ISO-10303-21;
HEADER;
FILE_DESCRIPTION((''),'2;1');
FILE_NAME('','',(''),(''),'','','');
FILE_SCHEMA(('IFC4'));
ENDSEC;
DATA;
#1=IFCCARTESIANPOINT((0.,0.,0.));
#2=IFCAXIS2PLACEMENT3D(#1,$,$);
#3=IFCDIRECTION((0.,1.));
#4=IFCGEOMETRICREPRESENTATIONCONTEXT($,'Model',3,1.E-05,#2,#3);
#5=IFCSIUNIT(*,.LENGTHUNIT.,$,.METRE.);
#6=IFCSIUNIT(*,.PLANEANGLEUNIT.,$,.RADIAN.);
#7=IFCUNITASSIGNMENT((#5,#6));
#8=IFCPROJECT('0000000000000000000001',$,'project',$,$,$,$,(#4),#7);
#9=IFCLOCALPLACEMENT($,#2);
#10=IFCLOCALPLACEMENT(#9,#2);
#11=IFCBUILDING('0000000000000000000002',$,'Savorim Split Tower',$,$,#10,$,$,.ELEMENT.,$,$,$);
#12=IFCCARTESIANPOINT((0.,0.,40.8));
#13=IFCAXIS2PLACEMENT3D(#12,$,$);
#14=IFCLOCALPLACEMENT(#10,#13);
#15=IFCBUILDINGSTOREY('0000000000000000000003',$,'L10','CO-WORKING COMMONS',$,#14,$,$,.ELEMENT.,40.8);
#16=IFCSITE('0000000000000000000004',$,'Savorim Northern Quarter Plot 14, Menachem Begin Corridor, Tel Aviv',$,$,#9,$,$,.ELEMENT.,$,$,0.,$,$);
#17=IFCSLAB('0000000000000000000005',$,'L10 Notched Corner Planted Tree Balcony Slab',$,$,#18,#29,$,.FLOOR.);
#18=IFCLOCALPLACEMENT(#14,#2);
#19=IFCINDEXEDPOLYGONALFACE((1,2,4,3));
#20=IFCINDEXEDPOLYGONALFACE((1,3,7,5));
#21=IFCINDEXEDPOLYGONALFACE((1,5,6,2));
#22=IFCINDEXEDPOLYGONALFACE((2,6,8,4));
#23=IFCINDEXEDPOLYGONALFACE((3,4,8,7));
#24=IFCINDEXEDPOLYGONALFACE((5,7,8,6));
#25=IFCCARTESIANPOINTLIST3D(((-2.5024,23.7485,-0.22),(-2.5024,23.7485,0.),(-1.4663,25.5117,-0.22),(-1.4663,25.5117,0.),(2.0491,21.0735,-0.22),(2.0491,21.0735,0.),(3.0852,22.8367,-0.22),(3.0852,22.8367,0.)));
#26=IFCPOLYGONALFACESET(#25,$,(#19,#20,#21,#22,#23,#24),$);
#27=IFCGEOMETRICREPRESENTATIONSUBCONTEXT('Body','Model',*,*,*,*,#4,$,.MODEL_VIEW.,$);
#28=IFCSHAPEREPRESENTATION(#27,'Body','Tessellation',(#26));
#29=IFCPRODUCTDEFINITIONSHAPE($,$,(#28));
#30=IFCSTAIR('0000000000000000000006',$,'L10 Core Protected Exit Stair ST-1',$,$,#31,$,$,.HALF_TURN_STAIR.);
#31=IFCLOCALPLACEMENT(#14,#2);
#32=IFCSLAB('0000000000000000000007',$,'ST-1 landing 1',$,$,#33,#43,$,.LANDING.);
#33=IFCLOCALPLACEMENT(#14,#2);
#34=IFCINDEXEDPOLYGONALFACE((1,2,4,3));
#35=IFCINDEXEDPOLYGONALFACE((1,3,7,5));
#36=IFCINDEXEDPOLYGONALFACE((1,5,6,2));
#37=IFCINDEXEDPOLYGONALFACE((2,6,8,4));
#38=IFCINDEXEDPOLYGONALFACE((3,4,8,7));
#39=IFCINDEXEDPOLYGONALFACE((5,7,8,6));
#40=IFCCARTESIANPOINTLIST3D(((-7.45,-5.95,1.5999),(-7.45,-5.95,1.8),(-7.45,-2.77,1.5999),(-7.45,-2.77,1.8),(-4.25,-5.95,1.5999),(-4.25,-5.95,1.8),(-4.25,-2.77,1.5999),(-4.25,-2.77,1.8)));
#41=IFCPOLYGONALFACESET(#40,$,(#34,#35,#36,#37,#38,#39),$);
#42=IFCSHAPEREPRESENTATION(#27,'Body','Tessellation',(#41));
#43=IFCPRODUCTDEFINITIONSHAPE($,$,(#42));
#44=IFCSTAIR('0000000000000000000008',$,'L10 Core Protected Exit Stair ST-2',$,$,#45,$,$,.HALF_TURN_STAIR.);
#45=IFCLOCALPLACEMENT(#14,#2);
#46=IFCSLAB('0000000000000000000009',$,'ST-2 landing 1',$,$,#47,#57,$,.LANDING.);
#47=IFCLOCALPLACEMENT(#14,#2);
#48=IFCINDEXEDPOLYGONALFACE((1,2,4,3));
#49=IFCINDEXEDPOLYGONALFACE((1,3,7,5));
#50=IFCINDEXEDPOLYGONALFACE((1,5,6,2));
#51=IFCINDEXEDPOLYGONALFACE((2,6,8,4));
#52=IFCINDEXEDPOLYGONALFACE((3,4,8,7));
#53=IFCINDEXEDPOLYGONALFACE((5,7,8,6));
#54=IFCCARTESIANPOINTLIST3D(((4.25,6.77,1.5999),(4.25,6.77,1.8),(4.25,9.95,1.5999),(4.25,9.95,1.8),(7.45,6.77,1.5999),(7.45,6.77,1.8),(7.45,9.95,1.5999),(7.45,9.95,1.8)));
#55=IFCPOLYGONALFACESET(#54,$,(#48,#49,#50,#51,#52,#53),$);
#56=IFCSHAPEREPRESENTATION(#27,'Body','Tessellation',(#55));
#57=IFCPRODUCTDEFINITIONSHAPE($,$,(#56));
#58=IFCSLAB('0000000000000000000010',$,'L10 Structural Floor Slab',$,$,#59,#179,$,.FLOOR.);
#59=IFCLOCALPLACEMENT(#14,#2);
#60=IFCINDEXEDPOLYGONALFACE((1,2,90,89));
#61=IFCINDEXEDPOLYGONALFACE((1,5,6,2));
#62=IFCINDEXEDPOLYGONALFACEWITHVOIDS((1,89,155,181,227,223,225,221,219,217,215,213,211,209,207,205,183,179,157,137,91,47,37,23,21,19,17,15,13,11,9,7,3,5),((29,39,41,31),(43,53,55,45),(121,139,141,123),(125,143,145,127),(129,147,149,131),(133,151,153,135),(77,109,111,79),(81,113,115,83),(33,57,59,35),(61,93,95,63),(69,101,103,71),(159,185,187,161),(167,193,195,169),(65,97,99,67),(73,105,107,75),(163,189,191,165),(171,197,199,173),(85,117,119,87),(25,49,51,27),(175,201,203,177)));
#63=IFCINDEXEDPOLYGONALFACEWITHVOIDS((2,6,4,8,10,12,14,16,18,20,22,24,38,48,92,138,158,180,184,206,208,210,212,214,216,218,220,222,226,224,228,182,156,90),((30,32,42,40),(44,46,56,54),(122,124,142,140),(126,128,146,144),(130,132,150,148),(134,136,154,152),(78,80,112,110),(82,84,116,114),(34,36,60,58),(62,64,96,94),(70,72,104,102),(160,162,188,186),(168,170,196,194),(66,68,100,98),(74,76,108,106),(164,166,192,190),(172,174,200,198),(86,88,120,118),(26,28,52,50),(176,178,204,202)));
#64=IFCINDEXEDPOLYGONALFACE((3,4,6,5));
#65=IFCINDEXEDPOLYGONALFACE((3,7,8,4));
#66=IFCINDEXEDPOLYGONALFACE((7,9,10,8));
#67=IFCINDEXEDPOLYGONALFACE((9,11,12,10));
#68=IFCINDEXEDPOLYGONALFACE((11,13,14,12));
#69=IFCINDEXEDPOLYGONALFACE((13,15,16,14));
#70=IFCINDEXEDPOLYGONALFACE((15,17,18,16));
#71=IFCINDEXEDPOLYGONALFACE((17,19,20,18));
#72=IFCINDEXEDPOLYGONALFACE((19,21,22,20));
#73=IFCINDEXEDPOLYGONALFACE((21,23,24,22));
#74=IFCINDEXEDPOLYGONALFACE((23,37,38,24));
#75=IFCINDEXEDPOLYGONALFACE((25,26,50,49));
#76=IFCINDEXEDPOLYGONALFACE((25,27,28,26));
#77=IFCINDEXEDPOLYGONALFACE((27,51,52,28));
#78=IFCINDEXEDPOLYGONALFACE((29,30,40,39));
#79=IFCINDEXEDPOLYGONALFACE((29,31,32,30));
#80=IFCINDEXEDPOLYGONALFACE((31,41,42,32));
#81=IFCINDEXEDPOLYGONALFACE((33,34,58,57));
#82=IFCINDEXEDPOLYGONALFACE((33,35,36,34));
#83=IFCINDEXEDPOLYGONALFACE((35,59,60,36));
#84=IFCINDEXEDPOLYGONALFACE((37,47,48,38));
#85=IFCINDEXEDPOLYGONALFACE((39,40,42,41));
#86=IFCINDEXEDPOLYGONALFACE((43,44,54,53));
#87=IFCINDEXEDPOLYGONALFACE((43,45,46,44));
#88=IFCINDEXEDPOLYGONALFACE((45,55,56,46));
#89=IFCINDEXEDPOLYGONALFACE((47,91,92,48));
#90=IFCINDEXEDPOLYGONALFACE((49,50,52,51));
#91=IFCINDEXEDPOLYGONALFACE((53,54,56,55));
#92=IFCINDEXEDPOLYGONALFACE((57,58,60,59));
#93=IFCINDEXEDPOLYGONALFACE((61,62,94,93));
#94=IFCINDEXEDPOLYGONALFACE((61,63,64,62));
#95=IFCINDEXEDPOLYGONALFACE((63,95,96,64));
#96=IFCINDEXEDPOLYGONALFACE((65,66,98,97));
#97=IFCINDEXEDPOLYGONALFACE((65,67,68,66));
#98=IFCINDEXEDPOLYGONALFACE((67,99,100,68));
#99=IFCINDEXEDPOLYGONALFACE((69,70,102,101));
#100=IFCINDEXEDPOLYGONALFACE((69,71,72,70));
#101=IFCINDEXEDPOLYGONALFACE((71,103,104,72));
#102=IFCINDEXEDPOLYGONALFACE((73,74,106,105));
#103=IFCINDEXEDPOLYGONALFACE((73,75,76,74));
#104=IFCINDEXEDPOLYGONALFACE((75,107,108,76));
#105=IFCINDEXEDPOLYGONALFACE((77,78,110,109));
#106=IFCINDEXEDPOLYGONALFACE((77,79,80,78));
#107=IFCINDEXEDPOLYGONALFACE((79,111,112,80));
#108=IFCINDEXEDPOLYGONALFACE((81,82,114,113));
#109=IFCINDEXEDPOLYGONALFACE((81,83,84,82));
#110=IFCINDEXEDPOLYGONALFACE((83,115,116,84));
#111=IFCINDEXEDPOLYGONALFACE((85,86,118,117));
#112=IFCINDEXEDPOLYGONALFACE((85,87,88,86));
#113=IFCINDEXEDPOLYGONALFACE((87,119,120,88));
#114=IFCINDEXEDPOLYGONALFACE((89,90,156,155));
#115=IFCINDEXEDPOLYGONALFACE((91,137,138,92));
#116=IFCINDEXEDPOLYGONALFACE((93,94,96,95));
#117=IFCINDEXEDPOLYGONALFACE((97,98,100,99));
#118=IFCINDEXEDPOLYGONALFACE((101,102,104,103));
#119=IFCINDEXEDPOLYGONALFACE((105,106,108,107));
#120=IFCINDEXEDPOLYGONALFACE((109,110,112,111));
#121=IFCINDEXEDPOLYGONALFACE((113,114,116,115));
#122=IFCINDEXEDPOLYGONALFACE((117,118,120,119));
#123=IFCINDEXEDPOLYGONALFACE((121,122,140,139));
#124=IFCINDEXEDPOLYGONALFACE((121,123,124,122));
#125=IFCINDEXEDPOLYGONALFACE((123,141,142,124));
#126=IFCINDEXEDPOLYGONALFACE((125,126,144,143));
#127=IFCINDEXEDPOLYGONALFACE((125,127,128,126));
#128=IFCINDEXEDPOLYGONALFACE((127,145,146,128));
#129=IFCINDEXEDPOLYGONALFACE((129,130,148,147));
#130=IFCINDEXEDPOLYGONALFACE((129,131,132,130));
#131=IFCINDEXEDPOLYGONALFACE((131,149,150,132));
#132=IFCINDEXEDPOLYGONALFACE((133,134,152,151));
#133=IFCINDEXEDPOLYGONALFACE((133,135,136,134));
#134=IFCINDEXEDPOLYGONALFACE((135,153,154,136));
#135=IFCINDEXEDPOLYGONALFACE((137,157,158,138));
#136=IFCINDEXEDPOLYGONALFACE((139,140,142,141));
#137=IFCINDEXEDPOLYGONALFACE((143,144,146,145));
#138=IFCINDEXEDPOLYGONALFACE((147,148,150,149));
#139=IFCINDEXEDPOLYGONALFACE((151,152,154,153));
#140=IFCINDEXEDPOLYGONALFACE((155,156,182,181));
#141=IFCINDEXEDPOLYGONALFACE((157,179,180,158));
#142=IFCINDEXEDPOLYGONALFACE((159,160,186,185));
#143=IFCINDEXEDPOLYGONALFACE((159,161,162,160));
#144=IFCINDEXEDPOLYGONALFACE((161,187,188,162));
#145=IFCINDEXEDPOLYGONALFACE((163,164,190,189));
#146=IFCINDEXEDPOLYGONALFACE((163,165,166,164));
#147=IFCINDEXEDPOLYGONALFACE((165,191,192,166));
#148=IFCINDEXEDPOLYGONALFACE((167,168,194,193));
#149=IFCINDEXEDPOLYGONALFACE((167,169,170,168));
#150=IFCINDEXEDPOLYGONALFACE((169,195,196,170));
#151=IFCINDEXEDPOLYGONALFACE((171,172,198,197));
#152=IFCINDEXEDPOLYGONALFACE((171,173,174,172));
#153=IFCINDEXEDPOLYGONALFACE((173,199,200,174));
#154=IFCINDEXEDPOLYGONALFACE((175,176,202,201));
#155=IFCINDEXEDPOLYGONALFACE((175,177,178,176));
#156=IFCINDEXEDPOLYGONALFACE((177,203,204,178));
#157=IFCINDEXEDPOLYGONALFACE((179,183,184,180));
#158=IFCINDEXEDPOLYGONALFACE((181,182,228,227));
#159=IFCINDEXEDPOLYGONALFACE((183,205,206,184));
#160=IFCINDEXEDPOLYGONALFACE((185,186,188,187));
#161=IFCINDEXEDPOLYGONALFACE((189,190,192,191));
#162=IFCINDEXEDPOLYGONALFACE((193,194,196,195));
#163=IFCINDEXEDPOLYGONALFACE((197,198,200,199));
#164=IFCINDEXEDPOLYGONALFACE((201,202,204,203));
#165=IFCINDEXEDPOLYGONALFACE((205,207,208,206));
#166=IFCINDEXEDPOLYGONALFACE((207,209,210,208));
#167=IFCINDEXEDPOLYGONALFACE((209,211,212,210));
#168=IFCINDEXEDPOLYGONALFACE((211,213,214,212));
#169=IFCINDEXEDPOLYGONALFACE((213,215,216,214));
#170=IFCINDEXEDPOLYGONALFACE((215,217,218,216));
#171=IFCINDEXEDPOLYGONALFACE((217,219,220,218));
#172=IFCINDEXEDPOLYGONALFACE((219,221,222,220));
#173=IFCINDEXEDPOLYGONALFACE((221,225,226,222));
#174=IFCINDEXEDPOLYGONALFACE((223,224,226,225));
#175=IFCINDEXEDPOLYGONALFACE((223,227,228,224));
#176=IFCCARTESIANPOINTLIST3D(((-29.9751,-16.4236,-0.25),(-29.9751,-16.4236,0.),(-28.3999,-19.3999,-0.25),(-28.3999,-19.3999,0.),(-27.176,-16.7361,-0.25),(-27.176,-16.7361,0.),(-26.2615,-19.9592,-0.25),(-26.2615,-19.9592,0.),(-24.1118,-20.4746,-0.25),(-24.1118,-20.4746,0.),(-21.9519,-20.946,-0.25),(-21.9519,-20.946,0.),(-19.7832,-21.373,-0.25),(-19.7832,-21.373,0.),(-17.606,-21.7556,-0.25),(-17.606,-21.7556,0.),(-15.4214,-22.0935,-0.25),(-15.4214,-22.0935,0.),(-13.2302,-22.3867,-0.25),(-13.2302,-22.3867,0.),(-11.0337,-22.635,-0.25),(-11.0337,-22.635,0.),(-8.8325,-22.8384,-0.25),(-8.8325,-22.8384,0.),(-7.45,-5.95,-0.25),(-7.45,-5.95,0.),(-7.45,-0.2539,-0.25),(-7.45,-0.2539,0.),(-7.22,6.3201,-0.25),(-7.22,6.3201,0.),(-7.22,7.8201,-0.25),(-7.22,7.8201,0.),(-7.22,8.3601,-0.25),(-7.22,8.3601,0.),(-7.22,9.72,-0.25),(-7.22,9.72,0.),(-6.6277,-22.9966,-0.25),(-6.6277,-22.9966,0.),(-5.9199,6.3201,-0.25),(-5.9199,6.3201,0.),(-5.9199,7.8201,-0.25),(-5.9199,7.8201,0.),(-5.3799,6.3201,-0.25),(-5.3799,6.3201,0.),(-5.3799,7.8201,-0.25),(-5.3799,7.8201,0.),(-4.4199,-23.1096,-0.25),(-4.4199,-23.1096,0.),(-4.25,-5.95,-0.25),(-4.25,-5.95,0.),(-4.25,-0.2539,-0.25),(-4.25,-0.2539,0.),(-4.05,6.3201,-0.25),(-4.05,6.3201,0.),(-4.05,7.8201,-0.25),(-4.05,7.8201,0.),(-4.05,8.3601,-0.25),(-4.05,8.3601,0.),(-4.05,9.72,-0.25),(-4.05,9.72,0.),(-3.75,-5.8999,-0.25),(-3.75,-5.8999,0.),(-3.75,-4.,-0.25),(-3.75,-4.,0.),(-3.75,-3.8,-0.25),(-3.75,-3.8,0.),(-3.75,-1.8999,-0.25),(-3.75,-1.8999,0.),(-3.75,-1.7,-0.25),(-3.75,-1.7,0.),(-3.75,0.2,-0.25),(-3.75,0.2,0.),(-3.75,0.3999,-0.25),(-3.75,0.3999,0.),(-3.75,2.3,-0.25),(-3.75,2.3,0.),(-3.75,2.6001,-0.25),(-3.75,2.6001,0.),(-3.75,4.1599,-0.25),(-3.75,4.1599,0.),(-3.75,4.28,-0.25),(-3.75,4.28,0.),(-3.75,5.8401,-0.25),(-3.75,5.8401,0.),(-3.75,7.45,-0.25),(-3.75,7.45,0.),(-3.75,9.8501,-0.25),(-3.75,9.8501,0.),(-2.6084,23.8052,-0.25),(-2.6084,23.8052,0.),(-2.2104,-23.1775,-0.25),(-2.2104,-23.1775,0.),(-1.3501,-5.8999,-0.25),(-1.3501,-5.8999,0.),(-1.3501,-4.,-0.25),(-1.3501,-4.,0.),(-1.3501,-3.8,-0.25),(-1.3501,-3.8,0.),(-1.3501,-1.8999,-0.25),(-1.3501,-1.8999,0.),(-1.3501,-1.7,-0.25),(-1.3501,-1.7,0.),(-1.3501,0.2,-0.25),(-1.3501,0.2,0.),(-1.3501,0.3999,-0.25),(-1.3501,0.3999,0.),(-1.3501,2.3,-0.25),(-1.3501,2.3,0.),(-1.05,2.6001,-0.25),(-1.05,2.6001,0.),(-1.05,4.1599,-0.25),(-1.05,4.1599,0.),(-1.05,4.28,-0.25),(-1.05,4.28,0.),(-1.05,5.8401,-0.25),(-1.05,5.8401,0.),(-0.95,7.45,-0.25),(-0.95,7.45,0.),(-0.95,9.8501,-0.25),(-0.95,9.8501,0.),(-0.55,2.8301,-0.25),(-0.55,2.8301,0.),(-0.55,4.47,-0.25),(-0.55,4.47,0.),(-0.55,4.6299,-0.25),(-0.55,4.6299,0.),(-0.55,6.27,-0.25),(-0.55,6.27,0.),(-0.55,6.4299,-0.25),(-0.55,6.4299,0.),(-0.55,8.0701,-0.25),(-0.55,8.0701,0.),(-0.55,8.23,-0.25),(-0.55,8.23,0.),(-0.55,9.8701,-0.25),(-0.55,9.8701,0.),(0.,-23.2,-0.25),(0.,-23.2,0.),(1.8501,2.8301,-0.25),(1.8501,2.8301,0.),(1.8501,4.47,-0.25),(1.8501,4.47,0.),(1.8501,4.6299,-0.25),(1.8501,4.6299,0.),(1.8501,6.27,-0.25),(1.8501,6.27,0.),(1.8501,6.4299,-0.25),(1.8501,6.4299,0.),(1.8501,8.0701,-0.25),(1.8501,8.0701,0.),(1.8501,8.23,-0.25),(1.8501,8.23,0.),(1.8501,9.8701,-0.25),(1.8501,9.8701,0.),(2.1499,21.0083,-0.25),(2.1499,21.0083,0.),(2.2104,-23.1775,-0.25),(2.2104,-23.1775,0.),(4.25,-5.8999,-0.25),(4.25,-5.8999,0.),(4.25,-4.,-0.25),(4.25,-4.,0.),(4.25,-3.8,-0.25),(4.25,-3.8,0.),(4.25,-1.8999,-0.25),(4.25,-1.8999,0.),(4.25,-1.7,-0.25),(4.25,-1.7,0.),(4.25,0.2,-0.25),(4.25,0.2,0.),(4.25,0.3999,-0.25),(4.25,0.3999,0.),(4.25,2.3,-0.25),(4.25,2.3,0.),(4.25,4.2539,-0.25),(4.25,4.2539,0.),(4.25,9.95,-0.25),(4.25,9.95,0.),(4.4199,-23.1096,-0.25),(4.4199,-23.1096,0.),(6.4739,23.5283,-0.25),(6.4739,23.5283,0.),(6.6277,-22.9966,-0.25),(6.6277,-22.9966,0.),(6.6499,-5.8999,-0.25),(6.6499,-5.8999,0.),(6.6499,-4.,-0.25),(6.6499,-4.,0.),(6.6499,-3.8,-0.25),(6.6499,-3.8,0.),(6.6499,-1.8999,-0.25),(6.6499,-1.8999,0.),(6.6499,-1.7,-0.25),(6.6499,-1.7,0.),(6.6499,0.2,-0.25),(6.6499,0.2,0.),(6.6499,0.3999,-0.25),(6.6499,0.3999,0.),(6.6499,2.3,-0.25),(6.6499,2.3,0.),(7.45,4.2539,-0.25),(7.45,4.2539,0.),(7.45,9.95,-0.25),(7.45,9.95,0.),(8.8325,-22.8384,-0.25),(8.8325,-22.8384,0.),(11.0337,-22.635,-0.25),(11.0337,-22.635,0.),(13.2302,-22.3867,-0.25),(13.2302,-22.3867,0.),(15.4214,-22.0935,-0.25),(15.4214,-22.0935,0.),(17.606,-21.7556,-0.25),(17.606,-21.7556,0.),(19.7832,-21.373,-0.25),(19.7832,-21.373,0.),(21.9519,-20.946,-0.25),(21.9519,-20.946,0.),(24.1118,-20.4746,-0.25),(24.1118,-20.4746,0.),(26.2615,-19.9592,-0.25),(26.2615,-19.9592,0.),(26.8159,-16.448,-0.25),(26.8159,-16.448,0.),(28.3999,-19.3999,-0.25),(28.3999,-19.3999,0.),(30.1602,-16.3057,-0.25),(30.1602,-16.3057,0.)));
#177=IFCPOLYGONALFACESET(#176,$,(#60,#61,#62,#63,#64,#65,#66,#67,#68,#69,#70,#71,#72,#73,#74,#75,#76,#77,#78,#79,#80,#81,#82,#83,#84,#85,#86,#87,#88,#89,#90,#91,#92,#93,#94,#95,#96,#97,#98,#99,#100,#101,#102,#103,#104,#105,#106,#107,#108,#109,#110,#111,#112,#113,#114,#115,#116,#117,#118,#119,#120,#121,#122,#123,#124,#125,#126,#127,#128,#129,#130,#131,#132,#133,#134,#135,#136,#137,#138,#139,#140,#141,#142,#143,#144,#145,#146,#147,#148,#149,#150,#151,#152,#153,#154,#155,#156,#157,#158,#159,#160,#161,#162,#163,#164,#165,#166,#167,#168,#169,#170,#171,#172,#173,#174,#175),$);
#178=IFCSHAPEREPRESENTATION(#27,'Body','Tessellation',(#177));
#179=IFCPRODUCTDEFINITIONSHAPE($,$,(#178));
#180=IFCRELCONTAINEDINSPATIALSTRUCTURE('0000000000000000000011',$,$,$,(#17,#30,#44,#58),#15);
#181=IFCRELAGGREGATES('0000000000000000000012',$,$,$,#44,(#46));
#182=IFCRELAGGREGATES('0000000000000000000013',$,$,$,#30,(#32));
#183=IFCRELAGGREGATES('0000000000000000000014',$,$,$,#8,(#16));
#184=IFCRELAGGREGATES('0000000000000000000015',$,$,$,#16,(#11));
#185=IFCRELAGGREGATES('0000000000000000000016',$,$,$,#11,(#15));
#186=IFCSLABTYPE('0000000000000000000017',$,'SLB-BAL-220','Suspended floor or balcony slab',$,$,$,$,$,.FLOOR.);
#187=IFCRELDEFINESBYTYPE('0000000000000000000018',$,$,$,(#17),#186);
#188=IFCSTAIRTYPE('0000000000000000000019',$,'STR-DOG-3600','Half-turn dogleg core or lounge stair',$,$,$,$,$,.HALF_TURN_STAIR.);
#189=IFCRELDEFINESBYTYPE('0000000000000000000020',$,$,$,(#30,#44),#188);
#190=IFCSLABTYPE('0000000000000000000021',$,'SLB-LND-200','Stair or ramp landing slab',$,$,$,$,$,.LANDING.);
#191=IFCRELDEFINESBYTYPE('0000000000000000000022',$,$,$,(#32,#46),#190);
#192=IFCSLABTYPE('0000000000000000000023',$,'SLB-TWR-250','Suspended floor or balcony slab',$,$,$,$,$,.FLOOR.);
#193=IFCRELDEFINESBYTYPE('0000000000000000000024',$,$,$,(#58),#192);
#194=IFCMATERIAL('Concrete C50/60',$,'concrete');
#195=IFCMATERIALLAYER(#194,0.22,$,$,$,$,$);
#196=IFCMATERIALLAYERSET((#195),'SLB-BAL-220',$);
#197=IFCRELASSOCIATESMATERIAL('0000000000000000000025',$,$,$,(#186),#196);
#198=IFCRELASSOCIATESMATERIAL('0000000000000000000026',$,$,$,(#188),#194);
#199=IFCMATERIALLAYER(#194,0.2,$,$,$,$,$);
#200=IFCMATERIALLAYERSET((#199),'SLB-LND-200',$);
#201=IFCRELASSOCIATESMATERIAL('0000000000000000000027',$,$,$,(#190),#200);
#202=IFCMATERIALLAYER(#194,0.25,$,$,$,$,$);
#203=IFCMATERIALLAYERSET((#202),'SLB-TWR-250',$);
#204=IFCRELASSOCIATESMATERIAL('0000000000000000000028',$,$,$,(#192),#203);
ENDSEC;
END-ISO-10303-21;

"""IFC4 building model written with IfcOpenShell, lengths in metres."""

from ifc_helpers import new_model, si_unit, direction, frame, origin, place, context, subcontext, project, spatial, polyline, outline, extrude, material, layer, layer_set, type_object, element, aggregate, save


model = new_model("IFC4")

# Units and contexts
model_context = context("Model", 3, precision=1e-05, world=origin(), true_north=direction((0.0, 1.0)))
body_context = subcontext(model_context, "Body", "Model", "MODEL_VIEW")
ifc_project = project(units=[si_unit("LENGTHUNIT", "METRE"), si_unit("PLANEANGLEUNIT", "RADIAN")], contexts=[model_context])

# Site, building, storey
site_placement = place(None, origin())
site = spatial("IfcSite", under=ifc_project, at=site_placement, Name="Savorim Northern Quarter Plot 14, Menachem Begin Corridor, Tel Aviv", CompositionType="ELEMENT", RefElevation=0.0)
building_placement = place(site_placement, origin())
building = spatial("IfcBuilding", under=site, at=building_placement, Name="Savorim Split Tower", CompositionType="ELEMENT")
storey_placement = place(building_placement, frame((0.0, 0.0, 40.8)))
storey = spatial("IfcBuildingStorey", under=building, at=storey_placement, Name="L10", Description="CO-WORKING COMMONS", CompositionType="ELEMENT", Elevation=40.8)

# Slab
ifc_material_1 = material(Name="Concrete C50/60", Category="concrete")
ifc_layer_1 = layer(ifc_material_1, 0.22)
ifc_layer_set_1 = layer_set([ifc_layer_1], Name="SLB-BAL-220")
slab_type_1 = type_object("IfcSlabType", Name="SLB-BAL-220", Description="Suspended floor or balcony slab", PredefinedType="FLOOR", material=ifc_layer_set_1)
slab_1_placement = place(storey_placement, frame((0.0, 0.0, -0.22)))
element("IfcSlab", 1, at=slab_1_placement, inside=storey, type_object=slab_type_1, Name="L10 Notched Corner Planted Tree Balcony Slab", PredefinedType="FLOOR", context=body_context, shape_type="SweptSolid", body=[
    extrude(outline(polyline([(-2.5024, 23.7485), (2.0491, 21.0735), (3.0852, 22.8367), (-1.4663, 25.5117), (-2.5024, 23.7485)])), origin(), (0.0, 0.0, 1.0), 0.22),
])

# Stairs, slabs
stair_type = type_object("IfcStairType", Name="STR-DOG-3600", Description="Half-turn dogleg core or lounge stair", PredefinedType="HALF_TURN_STAIR", material=ifc_material_1)
stair_1_placement = place(storey_placement, origin())
stair_1 = element("IfcStair", 2, at=stair_1_placement, inside=storey, type_object=stair_type, Name="L10 Core Protected Exit Stair ST-1", PredefinedType="HALF_TURN_STAIR")
ifc_layer_2 = layer(ifc_material_1, 0.2)
ifc_layer_set_2 = layer_set([ifc_layer_2], Name="SLB-LND-200")
slab_type_2 = type_object("IfcSlabType", Name="SLB-LND-200", Description="Stair or ramp landing slab", PredefinedType="LANDING", material=ifc_layer_set_2)
slab_2_placement = place(storey_placement, frame((0.0, 0.0, 1.5999)))
slab_2 = element("IfcSlab", 3, at=slab_2_placement, type_object=slab_type_2, Name="ST-1 landing 1", PredefinedType="LANDING", context=body_context, shape_type="SweptSolid", body=[
    extrude(outline(polyline([(-7.45, -2.77), (-7.45, -5.95), (-4.25, -5.95), (-4.25, -2.77), (-7.45, -2.77)])), origin(), (0.0, 0.0, 1.0), 0.2002),
])
stair_2_placement = place(storey_placement, origin())
stair_2 = element("IfcStair", 4, at=stair_2_placement, inside=storey, type_object=stair_type, Name="L10 Core Protected Exit Stair ST-2", PredefinedType="HALF_TURN_STAIR")
slab_3_placement = place(storey_placement, frame((0.0, 0.0, 1.5999)))
slab_3 = element("IfcSlab", 5, at=slab_3_placement, type_object=slab_type_2, Name="ST-2 landing 1", PredefinedType="LANDING", context=body_context, shape_type="SweptSolid", body=[
    extrude(outline(polyline([(7.45, 6.77), (7.45, 9.95), (4.25, 9.95), (4.25, 6.77), (7.45, 6.77)])), origin(), (0.0, 0.0, 1.0), 0.2002),
])
aggregate(stair_2, [slab_3])

# Slab
ifc_layer_3 = layer(ifc_material_1, 0.25)
ifc_layer_set_3 = layer_set([ifc_layer_3], Name="SLB-TWR-250")
slab_type_3 = type_object("IfcSlabType", Name="SLB-TWR-250", Description="Suspended floor or balcony slab", PredefinedType="FLOOR", material=ifc_layer_set_3)
slab_4_placement = place(storey_placement, frame((0.0, 0.0, -0.25)))
element("IfcSlab", 6, at=slab_4_placement, inside=storey, type_object=slab_type_3, Name="L10 Structural Floor Slab", PredefinedType="FLOOR", context=body_context, shape_type="SweptSolid", body=[
    extrude(outline(polyline([(-28.3999, -19.3999), (-26.2615, -19.9592), (-24.1118, -20.4746), (-21.9519, -20.946), (-19.7832, -21.373), (-17.606, -21.7556), (-15.4214, -22.0935), (-13.2302, -22.3867), (-11.0337, -22.635), (-8.8325, -22.8384), (-6.6277, -22.9966), (-4.4199, -23.1096), (-2.2104, -23.1775), (0.0, -23.2), (2.2104, -23.1775), (4.4199, -23.1096), (6.6277, -22.9966), (8.8325, -22.8384), (11.0337, -22.635), (13.2302, -22.3867), (15.4214, -22.0935), (17.606, -21.7556), (19.7832, -21.373), (21.9519, -20.946), (24.1118, -20.4746), (26.2615, -19.9592), (28.3999, -19.3999), (26.8159, -16.448), (30.1602, -16.3057), (6.4739, 23.5283), (2.1499, 21.0083), (-2.6084, 23.8052), (-29.9751, -16.4236), (-27.176, -16.7361), (-28.3999, -19.3999)]), holes=[polyline([(-7.45, -0.2539), (-7.45, -5.95), (-4.25, -5.95), (-4.25, -0.2539), (-7.45, -0.2539)]), polyline([(7.45, 4.2539), (7.45, 9.95), (4.25, 9.95), (4.25, 4.2539), (7.45, 4.2539)]), polyline([(4.25, -5.8999), (6.6499, -5.8999), (6.6499, -4.0), (4.25, -4.0), (4.25, -5.8999)]), polyline([(4.25, -3.8), (6.6499, -3.8), (6.6499, -1.8999), (4.25, -1.8999), (4.25, -3.8)]), polyline([(4.25, -1.7), (6.6499, -1.7), (6.6499, 0.2), (4.25, 0.2), (4.25, -1.7)]), polyline([(4.25, 0.3999), (6.6499, 0.3999), (6.6499, 2.3), (4.25, 2.3), (4.25, 0.3999)]), polyline([(-3.75, -5.8999), (-1.3501, -5.8999), (-1.3501, -4.0), (-3.75, -4.0), (-3.75, -5.8999)]), polyline([(-3.75, -3.8), (-1.3501, -3.8), (-1.3501, -1.8999), (-3.75, -1.8999), (-3.75, -3.8)]), polyline([(-3.75, -1.7), (-1.3501, -1.7), (-1.3501, 0.2), (-3.75, 0.2), (-3.75, -1.7)]), polyline([(-3.75, 0.3999), (-1.3501, 0.3999), (-1.3501, 2.3), (-3.75, 2.3), (-3.75, 0.3999)]), polyline([(-0.55, 2.8301), (1.8501, 2.8301), (1.8501, 4.47), (-0.55, 4.47), (-0.55, 2.8301)]), polyline([(-0.55, 4.6299), (1.8501, 4.6299), (1.8501, 6.27), (-0.55, 6.27), (-0.55, 4.6299)]), polyline([(-0.55, 6.4299), (1.8501, 6.4299), (1.8501, 8.0701), (-0.55, 8.0701), (-0.55, 6.4299)]), polyline([(-0.55, 8.23), (1.8501, 8.23), (1.8501, 9.8701), (-0.55, 9.8701), (-0.55, 8.23)]), polyline([(-3.75, 2.6001), (-1.05, 2.6001), (-1.05, 4.1599), (-3.75, 4.1599), (-3.75, 2.6001)]), polyline([(-3.75, 4.28), (-1.05, 4.28), (-1.05, 5.8401), (-3.75, 5.8401), (-3.75, 4.28)]), polyline([(-3.75, 7.45), (-0.95, 7.45), (-0.95, 9.8501), (-3.75, 9.8501), (-3.75, 7.45)]), polyline([(-7.22, 6.3201), (-5.9199, 6.3201), (-5.9199, 7.8201), (-7.22, 7.8201), (-7.22, 6.3201)]), polyline([(-5.3799, 6.3201), (-4.05, 6.3201), (-4.05, 7.8201), (-5.3799, 7.8201), (-5.3799, 6.3201)]), polyline([(-7.22, 8.3601), (-4.05, 8.3601), (-4.05, 9.72), (-7.22, 9.72), (-7.22, 8.3601)])]), origin(), (0.0, 0.0, 1.0), 0.25),
])

aggregate(stair_1, [slab_2])

save(model, "model.ifc")
